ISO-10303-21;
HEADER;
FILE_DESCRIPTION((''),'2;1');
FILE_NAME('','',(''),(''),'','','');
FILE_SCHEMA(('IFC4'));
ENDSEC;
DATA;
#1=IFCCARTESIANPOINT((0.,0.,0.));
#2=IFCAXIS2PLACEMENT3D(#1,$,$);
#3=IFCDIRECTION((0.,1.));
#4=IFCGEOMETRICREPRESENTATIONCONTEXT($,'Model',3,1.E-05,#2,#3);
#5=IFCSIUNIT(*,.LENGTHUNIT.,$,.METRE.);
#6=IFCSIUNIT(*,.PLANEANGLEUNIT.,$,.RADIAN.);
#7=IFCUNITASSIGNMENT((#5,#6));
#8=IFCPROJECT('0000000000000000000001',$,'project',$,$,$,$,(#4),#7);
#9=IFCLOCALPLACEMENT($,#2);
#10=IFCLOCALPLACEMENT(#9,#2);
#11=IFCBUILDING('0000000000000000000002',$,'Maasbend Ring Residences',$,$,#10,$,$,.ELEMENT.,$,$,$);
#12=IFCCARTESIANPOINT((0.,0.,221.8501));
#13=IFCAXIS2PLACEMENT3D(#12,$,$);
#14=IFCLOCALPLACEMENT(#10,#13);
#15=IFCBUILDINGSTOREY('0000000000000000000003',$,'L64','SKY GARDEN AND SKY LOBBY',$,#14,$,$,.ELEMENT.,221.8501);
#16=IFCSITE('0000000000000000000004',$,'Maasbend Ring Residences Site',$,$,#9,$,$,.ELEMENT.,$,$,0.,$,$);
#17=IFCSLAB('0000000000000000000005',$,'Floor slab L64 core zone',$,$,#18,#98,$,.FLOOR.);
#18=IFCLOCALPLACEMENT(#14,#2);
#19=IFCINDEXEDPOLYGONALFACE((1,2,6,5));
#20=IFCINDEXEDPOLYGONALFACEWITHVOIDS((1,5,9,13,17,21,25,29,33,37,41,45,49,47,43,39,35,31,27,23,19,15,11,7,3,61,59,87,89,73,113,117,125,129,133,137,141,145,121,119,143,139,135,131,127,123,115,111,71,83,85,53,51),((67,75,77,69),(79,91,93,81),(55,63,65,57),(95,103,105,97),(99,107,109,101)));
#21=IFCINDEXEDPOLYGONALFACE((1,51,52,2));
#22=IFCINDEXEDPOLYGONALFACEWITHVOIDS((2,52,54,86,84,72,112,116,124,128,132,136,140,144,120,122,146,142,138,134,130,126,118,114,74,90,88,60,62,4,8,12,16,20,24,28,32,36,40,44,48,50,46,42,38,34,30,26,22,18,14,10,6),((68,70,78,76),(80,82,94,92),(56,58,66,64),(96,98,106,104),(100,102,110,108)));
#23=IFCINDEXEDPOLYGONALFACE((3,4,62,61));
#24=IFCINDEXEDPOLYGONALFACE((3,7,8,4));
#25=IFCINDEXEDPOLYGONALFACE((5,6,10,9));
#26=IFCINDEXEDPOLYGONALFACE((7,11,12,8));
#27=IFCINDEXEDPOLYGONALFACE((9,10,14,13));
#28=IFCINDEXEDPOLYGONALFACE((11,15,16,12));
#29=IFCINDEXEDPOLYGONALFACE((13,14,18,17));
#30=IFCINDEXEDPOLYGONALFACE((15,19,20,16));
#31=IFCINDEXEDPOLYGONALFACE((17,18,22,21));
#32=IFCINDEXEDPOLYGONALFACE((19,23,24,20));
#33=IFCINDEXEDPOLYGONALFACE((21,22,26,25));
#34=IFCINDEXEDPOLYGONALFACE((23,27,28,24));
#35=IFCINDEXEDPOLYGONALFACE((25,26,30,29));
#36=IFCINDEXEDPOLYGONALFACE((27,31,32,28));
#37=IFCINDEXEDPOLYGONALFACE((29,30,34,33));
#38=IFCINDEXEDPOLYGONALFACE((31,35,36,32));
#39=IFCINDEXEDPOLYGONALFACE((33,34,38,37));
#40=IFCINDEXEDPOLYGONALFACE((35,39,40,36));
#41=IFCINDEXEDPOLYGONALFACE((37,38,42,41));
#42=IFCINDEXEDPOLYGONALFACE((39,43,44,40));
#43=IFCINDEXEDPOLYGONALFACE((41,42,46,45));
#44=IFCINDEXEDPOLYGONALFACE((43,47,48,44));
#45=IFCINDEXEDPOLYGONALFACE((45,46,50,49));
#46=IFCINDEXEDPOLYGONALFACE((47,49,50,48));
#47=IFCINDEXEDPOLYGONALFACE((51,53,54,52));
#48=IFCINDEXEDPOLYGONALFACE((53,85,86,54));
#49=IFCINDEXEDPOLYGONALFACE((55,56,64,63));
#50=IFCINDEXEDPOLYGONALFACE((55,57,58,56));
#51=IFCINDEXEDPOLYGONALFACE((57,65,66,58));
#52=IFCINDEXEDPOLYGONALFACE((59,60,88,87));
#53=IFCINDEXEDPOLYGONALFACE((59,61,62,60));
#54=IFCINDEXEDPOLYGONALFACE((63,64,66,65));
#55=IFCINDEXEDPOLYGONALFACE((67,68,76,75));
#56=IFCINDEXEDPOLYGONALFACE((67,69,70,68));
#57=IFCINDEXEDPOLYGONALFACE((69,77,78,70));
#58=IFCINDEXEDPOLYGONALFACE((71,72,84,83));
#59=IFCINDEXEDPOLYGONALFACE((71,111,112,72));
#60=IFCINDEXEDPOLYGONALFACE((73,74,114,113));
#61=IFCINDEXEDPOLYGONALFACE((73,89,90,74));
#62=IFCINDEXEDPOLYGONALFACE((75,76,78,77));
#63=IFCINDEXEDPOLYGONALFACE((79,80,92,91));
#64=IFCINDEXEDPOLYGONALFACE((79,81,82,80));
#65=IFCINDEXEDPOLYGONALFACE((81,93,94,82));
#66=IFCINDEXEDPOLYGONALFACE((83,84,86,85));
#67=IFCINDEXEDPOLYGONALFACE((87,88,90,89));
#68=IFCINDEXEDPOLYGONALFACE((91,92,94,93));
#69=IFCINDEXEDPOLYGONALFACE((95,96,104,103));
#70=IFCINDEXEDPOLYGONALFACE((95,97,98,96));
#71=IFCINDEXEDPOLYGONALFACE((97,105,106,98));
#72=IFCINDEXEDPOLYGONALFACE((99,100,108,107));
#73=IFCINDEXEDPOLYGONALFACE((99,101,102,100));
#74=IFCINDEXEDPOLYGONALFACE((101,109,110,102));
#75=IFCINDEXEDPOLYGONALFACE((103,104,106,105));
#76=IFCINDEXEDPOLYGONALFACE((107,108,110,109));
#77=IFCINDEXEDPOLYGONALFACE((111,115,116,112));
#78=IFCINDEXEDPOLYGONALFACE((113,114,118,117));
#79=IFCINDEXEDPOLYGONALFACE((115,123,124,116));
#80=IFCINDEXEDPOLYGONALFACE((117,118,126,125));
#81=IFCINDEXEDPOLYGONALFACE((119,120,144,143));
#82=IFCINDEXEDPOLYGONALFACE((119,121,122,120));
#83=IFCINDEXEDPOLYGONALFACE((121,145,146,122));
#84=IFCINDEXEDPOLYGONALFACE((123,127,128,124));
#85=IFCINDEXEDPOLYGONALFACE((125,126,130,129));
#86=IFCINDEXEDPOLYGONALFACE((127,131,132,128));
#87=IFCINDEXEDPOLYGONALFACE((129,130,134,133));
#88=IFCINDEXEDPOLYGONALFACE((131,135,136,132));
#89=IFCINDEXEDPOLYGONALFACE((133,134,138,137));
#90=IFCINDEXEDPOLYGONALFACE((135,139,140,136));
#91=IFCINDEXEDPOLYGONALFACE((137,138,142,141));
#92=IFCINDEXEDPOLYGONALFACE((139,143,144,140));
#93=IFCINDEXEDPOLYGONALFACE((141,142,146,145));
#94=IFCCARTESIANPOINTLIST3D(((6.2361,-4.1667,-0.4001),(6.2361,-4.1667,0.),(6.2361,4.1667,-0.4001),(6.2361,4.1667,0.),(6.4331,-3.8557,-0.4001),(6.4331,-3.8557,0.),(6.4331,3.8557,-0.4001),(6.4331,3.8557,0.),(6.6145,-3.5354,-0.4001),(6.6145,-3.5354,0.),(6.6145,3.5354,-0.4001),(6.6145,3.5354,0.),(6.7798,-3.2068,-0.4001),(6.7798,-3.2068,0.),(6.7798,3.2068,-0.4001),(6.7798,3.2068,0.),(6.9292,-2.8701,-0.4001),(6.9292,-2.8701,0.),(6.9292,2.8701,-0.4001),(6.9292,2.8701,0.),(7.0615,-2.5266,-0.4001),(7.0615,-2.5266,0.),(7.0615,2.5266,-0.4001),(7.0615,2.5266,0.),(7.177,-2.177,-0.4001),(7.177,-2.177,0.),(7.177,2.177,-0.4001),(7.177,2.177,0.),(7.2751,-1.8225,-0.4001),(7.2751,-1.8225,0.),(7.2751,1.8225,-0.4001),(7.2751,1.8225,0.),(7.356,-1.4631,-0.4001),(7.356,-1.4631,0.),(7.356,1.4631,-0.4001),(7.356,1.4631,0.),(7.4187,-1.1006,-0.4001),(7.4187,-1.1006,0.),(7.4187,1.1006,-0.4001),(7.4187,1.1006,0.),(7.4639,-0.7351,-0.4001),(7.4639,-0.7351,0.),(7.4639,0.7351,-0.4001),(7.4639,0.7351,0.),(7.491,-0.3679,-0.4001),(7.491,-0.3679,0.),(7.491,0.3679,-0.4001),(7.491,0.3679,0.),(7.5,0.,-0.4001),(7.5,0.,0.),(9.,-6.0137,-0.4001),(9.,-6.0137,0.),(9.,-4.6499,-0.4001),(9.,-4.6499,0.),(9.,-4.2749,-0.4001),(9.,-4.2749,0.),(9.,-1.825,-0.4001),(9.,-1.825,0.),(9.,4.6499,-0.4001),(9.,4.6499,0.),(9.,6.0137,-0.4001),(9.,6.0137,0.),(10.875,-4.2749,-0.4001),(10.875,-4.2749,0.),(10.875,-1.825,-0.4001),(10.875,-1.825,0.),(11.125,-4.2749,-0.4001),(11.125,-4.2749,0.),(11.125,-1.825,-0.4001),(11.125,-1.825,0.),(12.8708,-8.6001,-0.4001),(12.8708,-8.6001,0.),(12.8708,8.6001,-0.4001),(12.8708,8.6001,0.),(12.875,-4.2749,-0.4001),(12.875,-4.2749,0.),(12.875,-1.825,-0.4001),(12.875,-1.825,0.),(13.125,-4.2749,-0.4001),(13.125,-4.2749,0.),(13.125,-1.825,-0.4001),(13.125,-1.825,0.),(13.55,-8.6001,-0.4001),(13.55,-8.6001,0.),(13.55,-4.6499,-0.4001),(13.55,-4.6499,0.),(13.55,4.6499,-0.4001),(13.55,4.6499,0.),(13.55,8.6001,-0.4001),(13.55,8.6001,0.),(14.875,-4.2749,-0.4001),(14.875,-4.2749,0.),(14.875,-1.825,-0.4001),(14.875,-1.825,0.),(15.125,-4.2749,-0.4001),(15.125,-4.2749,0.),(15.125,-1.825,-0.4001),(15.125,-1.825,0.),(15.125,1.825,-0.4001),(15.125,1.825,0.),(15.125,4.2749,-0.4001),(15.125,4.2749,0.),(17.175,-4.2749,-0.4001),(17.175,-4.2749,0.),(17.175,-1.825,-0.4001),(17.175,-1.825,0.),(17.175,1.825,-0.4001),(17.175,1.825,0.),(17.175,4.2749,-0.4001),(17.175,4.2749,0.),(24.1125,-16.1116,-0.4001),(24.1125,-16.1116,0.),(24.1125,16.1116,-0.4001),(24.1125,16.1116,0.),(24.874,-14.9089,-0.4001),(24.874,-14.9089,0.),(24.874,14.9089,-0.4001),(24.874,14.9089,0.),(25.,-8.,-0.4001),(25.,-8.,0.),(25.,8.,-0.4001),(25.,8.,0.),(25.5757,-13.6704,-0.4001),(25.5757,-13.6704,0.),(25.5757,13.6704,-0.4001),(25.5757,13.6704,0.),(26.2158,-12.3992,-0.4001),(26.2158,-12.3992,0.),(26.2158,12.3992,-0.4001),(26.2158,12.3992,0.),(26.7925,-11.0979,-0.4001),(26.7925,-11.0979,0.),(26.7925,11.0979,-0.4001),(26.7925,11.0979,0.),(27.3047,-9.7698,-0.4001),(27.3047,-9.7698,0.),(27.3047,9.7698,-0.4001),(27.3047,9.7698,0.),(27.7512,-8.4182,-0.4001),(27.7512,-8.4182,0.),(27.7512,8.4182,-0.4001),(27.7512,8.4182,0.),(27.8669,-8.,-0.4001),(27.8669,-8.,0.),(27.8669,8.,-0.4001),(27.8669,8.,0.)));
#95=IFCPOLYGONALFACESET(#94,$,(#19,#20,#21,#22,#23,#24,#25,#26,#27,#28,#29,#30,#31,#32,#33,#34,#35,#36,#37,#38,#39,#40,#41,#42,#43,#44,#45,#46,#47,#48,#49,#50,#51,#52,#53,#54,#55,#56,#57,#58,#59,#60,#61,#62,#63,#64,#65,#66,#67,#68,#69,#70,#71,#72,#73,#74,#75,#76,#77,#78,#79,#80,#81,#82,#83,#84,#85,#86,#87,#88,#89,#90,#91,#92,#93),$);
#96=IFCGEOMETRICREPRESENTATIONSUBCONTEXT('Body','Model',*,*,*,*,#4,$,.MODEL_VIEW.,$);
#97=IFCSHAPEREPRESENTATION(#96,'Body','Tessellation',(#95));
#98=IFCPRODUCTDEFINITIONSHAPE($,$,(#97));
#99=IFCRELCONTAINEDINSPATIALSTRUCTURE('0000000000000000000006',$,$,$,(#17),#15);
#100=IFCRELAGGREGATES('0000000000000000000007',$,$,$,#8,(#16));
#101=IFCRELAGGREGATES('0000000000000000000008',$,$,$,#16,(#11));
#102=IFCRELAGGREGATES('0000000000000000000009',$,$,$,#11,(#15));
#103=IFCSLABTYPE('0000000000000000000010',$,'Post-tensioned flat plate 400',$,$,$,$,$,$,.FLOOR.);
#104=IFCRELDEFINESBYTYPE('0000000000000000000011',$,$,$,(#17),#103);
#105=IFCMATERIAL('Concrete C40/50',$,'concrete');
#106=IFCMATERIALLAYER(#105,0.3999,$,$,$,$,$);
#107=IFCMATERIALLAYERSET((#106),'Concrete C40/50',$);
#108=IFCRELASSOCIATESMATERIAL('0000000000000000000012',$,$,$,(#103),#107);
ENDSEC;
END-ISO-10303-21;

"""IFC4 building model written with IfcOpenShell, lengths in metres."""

from ifc_helpers import new_model, si_unit, direction, frame, origin, place, context, subcontext, project, spatial, polyline, outline, extrude, material, layer, layer_set, type_object, element, save


model = new_model("IFC4")

# Units and contexts
model_context = context("Model", 3, precision=1e-05, world=origin(), true_north=direction((0.0, 1.0)))
body_context = subcontext(model_context, "Body", "Model", "MODEL_VIEW")
ifc_project = project(units=[si_unit("LENGTHUNIT", "METRE"), si_unit("PLANEANGLEUNIT", "RADIAN")], contexts=[model_context])

# Site, building, storey
site_placement = place(None, origin())
site = spatial("IfcSite", under=ifc_project, at=site_placement, Name="Maasbend Ring Residences Site", CompositionType="ELEMENT", RefElevation=0.0)
building_placement = place(site_placement, origin())
building = spatial("IfcBuilding", under=site, at=building_placement, Name="Maasbend Ring Residences", CompositionType="ELEMENT")
storey_placement = place(building_placement, frame((0.0, 0.0, 221.8501)))
storey = spatial("IfcBuildingStorey", under=building, at=storey_placement, Name="L64", Description="SKY GARDEN AND SKY LOBBY", CompositionType="ELEMENT", Elevation=221.8501)

# Slab
ifc_material_1 = material(Name="Concrete C40/50", Category="concrete")
ifc_layer_1 = layer(ifc_material_1, 0.3999)
ifc_layer_set_1 = layer_set([ifc_layer_1], Name="Concrete C40/50")
slab_type_1 = type_object("IfcSlabType", Name="Post-tensioned flat plate 400", PredefinedType="FLOOR", material=ifc_layer_set_1)
slab_1_placement = place(storey_placement, frame((0.0, 0.0, -0.4001)))
element("IfcSlab", 1, at=slab_1_placement, inside=storey, type_object=slab_type_1, Name="Floor slab L64 core zone", PredefinedType="FLOOR", context=body_context, shape_type="SweptSolid", body=[
    extrude(outline(polyline([(26.2158, -12.3992), (26.7925, -11.0979), (27.3047, -9.7698), (27.7512, -8.4182), (27.8669, -8.0), (25.0, -8.0), (25.0, 8.0), (27.8669, 8.0), (27.7512, 8.4182), (27.3047, 9.7698), (26.7925, 11.0979), (26.2158, 12.3992), (25.5757, 13.6704), (24.874, 14.9089), (24.1125, 16.1116), (12.8708, 8.6001), (13.55, 8.6001), (13.55, 4.6499), (9.0, 4.6499), (9.0, 6.0137), (6.2361, 4.1667), (6.4331, 3.8557), (6.6145, 3.5354), (6.7798, 3.2068), (6.9292, 2.8701), (7.0615, 2.5266), (7.177, 2.177), (7.2751, 1.8225), (7.356, 1.4631), (7.4187, 1.1006), (7.4639, 0.7351), (7.491, 0.3679), (7.5, 0.0), (7.491, -0.3679), (7.4639, -0.7351), (7.4187, -1.1006), (7.356, -1.4631), (7.2751, -1.8225), (7.177, -2.177), (7.0615, -2.5266), (6.9292, -2.8701), (6.7798, -3.2068), (6.6145, -3.5354), (6.4331, -3.8557), (6.2361, -4.1667), (9.0, -6.0137), (9.0, -4.6499), (13.55, -4.6499), (13.55, -8.6001), (12.8708, -8.6001), (24.1125, -16.1116), (24.874, -14.9089), (25.5757, -13.6704), (26.2158, -12.3992)]), holes=[polyline([(17.175, -4.2749), (15.125, -4.2749), (15.125, -1.825), (17.175, -1.825), (17.175, -4.2749)]), polyline([(17.175, 1.825), (15.125, 1.825), (15.125, 4.2749), (17.175, 4.2749), (17.175, 1.825)]), polyline([(14.875, -4.2749), (13.125, -4.2749), (13.125, -1.825), (14.875, -1.825), (14.875, -4.2749)]), polyline([(12.875, -4.2749), (11.125, -4.2749), (11.125, -1.825), (12.875, -1.825), (12.875, -4.2749)]), polyline([(10.875, -4.2749), (9.0, -4.2749), (9.0, -1.825), (10.875, -1.825), (10.875, -4.2749)])]), origin(), (0.0, 0.0, 1.0), 0.4001),
])

save(model, "model.ifc")
